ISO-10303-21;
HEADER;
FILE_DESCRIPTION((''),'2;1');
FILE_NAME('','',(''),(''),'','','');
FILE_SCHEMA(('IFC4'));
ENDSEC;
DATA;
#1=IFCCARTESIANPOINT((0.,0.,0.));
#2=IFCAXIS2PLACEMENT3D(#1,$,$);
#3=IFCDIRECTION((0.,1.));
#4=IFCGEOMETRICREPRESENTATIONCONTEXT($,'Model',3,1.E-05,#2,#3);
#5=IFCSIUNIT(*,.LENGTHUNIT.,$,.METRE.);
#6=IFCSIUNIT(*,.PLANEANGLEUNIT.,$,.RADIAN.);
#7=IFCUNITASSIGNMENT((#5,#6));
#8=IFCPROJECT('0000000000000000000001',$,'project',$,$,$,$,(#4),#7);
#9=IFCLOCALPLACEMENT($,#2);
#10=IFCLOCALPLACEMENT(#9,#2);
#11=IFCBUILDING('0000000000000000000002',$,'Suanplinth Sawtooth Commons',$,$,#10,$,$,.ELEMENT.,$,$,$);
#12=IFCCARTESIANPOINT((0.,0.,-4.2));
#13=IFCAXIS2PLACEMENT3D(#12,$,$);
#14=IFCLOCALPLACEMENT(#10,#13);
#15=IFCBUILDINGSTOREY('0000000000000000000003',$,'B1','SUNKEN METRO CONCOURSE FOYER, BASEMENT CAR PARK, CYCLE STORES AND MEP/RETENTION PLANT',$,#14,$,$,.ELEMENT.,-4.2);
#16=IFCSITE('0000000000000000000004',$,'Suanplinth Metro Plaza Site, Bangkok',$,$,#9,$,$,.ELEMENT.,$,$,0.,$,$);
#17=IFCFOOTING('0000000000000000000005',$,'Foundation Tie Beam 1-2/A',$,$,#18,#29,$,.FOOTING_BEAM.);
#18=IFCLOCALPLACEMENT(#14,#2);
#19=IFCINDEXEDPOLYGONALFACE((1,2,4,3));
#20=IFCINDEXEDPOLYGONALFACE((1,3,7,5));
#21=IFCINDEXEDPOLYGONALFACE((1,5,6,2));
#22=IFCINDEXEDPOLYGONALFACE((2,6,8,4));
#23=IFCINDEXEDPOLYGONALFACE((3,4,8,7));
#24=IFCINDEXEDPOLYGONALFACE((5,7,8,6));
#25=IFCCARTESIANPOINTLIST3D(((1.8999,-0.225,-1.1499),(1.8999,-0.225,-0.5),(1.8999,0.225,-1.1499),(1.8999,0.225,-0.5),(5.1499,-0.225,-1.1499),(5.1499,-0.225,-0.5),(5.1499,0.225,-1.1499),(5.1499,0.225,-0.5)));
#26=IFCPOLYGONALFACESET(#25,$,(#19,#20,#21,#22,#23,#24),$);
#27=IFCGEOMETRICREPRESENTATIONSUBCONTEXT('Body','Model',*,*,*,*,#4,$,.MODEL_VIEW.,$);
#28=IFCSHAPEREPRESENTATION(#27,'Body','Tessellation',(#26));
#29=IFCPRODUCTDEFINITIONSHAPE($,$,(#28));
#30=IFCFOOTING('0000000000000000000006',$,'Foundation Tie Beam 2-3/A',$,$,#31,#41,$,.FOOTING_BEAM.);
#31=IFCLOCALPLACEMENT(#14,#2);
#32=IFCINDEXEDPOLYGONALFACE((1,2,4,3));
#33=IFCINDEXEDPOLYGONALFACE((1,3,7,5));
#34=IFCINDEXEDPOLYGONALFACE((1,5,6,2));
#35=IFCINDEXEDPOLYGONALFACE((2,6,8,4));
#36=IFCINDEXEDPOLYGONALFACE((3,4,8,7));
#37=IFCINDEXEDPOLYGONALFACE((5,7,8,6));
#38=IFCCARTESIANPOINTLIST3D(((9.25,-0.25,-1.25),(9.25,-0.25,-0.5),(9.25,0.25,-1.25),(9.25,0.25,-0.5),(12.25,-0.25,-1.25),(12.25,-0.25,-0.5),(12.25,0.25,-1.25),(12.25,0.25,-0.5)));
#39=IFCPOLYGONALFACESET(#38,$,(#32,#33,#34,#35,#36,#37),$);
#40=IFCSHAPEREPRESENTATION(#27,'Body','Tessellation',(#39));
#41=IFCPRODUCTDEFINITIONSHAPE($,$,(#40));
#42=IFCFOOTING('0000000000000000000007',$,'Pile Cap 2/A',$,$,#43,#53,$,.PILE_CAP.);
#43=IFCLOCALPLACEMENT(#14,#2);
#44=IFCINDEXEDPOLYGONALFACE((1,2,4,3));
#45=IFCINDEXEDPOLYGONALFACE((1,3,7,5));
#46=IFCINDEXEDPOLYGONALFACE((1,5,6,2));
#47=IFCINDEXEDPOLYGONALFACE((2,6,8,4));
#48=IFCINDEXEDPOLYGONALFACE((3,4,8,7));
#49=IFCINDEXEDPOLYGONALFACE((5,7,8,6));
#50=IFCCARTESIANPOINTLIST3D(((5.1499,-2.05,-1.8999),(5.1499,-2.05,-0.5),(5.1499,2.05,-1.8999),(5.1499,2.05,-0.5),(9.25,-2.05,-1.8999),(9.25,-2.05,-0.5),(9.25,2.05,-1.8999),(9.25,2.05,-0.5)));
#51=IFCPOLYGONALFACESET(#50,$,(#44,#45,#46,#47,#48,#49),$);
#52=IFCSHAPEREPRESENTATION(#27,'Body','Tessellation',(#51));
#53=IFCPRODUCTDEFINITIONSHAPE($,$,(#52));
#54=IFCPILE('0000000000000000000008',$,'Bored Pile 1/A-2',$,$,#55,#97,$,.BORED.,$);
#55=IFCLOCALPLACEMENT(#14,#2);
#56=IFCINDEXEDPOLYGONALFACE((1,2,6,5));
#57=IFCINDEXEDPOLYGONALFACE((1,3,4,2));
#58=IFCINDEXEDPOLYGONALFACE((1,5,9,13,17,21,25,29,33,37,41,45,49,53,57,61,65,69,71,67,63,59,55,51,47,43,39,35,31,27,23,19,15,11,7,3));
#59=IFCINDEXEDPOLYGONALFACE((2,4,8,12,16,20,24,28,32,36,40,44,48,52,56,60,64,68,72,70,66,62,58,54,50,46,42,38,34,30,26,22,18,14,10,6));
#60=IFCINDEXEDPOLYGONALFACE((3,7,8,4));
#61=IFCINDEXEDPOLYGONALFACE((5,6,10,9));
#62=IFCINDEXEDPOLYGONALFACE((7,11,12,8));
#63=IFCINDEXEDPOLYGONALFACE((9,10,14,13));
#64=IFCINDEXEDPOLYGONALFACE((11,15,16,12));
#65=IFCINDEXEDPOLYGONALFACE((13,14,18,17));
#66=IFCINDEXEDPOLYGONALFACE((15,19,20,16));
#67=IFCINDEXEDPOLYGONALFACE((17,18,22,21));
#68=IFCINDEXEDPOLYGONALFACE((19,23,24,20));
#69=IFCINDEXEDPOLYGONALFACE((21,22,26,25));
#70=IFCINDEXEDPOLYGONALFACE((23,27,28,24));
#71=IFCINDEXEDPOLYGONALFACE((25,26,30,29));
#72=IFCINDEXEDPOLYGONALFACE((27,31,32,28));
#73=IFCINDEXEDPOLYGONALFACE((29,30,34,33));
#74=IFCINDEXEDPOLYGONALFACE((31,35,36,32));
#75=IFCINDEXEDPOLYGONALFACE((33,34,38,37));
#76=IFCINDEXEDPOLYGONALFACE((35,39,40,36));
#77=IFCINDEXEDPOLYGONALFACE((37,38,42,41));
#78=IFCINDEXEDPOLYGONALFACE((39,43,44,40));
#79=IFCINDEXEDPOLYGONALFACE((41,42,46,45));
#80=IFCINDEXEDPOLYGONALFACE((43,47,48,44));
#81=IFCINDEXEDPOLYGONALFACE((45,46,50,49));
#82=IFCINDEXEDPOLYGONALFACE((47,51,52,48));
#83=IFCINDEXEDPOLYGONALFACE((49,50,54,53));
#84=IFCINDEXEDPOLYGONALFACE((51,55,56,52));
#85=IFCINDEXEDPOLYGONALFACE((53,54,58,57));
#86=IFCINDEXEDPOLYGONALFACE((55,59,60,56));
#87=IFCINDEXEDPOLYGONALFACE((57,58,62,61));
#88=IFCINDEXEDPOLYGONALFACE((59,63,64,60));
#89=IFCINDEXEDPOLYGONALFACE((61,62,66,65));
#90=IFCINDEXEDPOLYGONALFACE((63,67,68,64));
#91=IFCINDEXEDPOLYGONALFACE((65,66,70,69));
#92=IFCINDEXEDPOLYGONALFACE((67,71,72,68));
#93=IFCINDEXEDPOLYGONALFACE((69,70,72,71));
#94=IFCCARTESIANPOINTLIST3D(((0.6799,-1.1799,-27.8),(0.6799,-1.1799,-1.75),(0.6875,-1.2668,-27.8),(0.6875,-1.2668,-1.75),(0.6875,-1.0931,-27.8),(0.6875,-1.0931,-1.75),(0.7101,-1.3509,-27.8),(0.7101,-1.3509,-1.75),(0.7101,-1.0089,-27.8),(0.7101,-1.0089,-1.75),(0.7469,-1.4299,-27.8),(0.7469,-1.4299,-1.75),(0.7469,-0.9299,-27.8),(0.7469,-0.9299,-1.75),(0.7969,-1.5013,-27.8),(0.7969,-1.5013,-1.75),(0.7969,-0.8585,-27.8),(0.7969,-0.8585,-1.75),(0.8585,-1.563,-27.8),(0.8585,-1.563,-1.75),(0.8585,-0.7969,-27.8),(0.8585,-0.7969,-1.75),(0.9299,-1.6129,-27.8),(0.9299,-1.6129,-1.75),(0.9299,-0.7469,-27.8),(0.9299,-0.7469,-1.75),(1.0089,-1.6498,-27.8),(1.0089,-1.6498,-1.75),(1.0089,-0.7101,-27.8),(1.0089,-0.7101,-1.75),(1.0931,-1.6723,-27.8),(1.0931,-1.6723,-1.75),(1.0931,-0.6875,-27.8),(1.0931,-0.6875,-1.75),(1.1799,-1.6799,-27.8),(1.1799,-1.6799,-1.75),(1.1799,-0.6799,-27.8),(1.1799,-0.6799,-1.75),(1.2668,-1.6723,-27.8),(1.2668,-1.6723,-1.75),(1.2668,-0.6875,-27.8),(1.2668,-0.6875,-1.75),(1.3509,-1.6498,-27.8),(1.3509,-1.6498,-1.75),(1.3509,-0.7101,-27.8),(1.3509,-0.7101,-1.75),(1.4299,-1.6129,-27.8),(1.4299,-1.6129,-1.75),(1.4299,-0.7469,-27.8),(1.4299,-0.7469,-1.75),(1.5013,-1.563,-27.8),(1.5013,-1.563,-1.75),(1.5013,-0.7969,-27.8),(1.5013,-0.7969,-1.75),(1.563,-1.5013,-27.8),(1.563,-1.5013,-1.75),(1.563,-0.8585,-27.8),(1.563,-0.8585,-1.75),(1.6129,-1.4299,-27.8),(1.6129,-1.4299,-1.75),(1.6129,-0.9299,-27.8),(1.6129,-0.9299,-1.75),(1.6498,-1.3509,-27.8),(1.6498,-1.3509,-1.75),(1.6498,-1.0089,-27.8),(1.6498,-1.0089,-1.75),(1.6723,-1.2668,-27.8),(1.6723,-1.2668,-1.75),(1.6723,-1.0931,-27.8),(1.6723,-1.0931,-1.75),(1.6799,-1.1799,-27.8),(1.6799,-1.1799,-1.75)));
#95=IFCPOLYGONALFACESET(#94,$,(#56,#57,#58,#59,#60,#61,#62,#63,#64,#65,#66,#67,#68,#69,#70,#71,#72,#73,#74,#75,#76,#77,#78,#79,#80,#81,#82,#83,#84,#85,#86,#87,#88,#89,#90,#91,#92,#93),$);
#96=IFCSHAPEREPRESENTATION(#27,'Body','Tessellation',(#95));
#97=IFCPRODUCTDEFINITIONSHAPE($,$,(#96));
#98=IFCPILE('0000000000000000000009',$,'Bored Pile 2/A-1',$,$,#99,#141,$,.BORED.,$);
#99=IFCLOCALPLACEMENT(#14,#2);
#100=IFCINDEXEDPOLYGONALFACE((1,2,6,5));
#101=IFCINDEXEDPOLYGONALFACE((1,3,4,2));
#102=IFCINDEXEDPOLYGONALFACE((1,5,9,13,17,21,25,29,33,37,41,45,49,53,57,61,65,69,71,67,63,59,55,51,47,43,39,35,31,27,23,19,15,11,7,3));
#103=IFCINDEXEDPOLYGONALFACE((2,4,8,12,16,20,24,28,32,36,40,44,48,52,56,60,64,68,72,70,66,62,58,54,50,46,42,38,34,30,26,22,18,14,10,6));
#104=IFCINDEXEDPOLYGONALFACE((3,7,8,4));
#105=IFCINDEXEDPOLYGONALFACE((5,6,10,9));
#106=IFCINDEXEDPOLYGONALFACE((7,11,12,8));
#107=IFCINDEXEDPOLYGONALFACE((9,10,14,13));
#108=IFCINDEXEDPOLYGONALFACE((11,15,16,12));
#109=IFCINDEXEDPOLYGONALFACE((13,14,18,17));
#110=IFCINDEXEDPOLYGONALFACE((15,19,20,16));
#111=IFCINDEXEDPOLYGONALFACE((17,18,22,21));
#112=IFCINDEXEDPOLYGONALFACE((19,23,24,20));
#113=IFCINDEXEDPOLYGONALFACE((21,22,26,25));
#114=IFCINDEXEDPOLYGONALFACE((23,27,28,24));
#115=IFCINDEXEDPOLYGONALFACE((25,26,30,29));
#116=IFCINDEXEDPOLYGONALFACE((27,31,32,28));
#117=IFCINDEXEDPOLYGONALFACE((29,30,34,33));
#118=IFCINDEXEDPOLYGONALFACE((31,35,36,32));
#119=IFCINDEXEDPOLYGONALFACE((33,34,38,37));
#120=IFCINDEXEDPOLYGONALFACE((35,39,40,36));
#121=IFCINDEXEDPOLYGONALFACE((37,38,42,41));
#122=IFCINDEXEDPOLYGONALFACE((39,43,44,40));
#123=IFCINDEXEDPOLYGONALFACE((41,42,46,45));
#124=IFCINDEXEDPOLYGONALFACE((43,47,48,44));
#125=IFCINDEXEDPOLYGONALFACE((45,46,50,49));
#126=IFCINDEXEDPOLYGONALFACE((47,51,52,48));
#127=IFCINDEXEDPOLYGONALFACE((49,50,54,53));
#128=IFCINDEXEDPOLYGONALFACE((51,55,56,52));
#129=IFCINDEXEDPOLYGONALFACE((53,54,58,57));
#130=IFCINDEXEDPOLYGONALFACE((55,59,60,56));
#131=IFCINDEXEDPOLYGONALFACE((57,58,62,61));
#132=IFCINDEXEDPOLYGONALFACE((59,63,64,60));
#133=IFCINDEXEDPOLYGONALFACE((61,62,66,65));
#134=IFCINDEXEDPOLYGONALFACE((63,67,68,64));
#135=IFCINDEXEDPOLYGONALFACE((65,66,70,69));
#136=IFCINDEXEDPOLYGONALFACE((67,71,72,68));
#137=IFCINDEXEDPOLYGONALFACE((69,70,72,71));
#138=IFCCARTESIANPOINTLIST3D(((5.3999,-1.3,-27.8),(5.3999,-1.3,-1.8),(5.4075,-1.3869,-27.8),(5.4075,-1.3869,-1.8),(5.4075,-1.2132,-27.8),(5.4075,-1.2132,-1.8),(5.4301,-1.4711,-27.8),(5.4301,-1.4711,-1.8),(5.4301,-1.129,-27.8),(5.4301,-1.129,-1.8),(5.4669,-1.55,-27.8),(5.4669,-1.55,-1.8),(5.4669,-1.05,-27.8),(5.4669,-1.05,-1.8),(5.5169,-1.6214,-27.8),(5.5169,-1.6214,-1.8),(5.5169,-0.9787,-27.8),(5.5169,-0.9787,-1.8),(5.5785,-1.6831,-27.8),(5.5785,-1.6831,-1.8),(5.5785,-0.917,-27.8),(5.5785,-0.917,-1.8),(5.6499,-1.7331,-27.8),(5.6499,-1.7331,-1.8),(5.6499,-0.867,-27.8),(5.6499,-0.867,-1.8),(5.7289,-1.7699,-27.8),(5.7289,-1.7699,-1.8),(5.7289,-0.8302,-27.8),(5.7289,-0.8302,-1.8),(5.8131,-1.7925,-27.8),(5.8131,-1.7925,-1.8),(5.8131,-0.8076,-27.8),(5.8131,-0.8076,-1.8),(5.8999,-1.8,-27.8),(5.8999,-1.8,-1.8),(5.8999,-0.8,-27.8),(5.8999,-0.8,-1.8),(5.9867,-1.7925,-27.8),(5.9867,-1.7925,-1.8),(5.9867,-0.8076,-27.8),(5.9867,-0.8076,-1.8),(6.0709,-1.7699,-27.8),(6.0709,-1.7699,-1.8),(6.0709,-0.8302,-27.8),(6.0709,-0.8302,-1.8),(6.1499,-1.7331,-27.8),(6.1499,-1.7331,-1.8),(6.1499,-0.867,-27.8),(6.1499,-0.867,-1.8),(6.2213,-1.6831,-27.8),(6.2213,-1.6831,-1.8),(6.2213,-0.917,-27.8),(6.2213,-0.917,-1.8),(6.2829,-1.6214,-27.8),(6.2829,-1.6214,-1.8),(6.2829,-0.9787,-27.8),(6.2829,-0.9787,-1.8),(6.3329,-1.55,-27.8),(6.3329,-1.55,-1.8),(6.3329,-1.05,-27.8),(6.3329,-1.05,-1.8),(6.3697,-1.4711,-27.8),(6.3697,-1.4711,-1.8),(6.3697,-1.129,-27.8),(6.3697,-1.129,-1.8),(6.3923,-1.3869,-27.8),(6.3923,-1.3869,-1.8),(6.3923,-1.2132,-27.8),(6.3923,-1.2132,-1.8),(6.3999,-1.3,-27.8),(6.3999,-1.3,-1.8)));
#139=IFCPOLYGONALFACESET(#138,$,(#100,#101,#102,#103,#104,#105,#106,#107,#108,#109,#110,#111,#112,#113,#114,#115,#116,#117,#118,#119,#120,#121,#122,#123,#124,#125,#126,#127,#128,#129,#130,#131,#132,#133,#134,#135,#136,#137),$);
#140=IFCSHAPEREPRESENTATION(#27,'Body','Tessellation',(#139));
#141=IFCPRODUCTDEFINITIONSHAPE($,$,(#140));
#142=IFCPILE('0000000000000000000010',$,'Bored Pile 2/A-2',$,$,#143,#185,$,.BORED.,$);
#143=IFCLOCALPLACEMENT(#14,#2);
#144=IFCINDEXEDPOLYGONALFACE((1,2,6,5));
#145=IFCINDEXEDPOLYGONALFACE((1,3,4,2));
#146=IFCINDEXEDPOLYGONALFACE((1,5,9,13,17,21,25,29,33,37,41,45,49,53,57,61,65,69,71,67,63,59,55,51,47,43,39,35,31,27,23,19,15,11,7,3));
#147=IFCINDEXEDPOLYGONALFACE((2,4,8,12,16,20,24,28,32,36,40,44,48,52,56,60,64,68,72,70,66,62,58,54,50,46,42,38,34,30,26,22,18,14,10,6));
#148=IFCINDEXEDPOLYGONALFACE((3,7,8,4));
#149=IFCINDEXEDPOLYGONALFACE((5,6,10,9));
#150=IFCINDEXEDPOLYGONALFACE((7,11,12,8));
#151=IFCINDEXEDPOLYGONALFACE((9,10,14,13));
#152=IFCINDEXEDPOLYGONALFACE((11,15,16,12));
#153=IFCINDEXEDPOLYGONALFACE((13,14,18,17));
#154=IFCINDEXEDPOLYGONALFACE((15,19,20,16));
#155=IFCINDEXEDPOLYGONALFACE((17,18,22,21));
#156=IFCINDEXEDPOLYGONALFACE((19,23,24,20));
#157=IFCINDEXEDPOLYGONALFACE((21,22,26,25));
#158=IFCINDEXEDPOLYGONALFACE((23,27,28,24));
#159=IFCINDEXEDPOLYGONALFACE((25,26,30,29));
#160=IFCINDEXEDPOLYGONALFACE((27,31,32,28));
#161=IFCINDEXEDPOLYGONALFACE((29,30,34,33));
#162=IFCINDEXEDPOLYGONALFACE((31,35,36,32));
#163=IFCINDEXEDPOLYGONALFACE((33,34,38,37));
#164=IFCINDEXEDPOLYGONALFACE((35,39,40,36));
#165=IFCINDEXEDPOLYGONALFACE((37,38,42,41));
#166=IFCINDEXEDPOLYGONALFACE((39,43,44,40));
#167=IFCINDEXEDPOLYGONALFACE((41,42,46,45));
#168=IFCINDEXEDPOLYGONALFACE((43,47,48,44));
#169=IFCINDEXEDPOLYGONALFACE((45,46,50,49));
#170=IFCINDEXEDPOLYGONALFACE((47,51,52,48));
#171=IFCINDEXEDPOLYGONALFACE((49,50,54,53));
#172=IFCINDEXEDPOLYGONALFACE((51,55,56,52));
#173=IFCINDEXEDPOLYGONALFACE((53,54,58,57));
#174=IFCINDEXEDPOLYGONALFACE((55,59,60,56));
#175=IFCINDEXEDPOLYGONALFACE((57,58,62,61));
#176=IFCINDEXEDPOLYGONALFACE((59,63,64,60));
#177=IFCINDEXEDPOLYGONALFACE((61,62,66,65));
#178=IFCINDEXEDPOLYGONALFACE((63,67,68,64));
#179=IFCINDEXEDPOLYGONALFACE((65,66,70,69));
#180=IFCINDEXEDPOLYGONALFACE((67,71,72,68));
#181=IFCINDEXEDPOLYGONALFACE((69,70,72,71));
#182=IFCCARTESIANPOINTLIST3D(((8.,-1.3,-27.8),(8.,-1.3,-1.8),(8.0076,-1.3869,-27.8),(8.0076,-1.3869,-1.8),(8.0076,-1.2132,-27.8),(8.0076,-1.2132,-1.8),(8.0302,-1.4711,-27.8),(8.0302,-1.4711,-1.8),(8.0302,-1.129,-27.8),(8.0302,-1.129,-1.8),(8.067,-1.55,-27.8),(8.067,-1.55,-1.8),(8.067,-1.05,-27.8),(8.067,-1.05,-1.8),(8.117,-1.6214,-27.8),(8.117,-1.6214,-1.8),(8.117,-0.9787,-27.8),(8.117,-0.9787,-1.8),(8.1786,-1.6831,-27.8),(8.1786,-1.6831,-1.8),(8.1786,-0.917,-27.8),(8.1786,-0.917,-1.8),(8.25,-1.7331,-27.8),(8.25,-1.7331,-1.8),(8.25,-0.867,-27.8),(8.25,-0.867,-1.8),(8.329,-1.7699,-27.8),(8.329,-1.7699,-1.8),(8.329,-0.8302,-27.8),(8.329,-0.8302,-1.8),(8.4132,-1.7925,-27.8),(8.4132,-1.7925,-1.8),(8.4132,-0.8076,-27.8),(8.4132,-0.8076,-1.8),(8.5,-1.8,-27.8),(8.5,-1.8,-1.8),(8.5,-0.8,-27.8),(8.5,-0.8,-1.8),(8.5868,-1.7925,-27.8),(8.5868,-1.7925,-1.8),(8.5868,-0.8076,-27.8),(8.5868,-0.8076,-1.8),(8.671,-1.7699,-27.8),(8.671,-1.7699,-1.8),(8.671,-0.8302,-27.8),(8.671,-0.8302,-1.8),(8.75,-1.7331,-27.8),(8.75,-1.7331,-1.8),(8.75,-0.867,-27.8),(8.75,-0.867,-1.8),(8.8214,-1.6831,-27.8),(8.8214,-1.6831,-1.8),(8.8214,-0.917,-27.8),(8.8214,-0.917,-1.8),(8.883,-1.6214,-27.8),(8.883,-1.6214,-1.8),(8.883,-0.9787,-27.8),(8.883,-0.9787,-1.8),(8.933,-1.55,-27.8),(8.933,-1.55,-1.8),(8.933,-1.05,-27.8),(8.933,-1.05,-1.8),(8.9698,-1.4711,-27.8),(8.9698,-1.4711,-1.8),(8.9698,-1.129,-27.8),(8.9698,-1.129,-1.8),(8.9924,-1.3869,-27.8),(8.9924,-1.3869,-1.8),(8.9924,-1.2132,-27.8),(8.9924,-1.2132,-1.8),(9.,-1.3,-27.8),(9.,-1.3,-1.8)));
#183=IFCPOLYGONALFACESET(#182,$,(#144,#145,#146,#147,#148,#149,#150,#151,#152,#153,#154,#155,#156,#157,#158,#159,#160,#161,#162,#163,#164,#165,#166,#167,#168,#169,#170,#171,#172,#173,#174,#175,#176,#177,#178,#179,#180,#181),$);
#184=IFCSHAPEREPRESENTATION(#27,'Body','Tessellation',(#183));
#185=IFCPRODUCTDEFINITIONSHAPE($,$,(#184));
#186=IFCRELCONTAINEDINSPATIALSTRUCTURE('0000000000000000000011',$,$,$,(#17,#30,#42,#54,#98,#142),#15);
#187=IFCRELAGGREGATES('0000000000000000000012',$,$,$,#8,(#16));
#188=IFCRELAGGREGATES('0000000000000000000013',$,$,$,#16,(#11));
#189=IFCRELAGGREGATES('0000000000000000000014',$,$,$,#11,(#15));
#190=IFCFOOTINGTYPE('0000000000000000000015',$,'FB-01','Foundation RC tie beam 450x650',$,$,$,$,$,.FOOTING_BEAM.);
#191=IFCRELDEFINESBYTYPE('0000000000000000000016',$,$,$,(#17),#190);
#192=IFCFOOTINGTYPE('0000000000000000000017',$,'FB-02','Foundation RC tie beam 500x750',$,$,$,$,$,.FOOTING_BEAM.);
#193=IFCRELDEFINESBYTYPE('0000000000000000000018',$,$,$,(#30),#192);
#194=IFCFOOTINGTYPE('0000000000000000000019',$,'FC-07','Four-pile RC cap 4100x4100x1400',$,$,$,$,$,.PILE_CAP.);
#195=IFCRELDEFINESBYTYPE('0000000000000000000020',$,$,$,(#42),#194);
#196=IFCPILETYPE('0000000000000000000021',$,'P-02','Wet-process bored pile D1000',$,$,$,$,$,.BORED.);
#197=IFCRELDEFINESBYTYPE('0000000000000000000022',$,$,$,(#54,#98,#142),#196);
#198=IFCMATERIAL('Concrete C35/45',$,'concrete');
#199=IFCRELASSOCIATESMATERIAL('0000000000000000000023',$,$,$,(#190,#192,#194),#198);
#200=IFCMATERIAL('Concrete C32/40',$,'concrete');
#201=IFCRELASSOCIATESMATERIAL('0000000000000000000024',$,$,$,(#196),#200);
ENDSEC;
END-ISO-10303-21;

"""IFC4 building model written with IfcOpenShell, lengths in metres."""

from ifc_helpers import new_model, si_unit, direction, frame, origin, origin_2d, place, context, subcontext, project, spatial, rectangle, circle, extrude, material, material_profile, profile_set, type_object, element, save


model = new_model("IFC4")

# Units and contexts
model_context = context("Model", 3, precision=1e-05, world=origin(), true_north=direction((0.0, 1.0)))
body_context = subcontext(model_context, "Body", "Model", "MODEL_VIEW")
ifc_project = project(units=[si_unit("LENGTHUNIT", "METRE"), si_unit("PLANEANGLEUNIT", "RADIAN")], contexts=[model_context])

# Site, building, storey
site_placement = place(None, origin())
site = spatial("IfcSite", under=ifc_project, at=site_placement, Name="Suanplinth Metro Plaza Site, Bangkok", CompositionType="ELEMENT", RefElevation=0.0)
building_placement = place(site_placement, origin())
building = spatial("IfcBuilding", under=site, at=building_placement, Name="Suanplinth Sawtooth Commons", CompositionType="ELEMENT")
storey_placement = place(building_placement, frame((0.0, 0.0, -4.2)))
storey = spatial("IfcBuildingStorey", under=building, at=storey_placement, Name="B1", Description="SUNKEN METRO CONCOURSE FOYER, BASEMENT CAR PARK, CYCLE STORES AND MEP/RETENTION PLANT", CompositionType="ELEMENT", Elevation=-4.2)

# Footings
ifc_material_1 = material(Name="Concrete C35/45", Category="concrete")
ifc_material_profile_1 = material_profile(ifc_material_1, rectangle(XDim=0.45, YDim=0.6499, at=origin_2d()), Name="PC-GDR 450x650")
ifc_profile_set_1 = profile_set([ifc_material_profile_1], Name="Concrete C35/45")
footing_type_1 = type_object("IfcFootingType", Name="FB-01", Description="Foundation RC tie beam 450x650", PredefinedType="FOOTING_BEAM", material=ifc_profile_set_1)
footing_1_placement = place(storey_placement, frame((1.8999, 0.0, -0.825), z_axis=(1.0, 0.0, 0.0), x_axis=(0.0, 1.0, 0.0)))
element("IfcFooting", 1, at=footing_1_placement, inside=storey, type_object=footing_type_1, Name="Foundation Tie Beam 1-2/A", PredefinedType="FOOTING_BEAM", context=body_context, shape_type="SweptSolid", body=[
    extrude(rectangle(XDim=0.45, YDim=0.6499, at=origin_2d()), origin(), (0.0, 0.0, 1.0), 3.25),
])
ifc_material_profile_2 = material_profile(ifc_material_1, rectangle(XDim=0.5, YDim=0.75, at=origin_2d()), Name="RC-GDR 500x750")
ifc_profile_set_2 = profile_set([ifc_material_profile_2], Name="Concrete C35/45")
footing_type_2 = type_object("IfcFootingType", Name="FB-02", Description="Foundation RC tie beam 500x750", PredefinedType="FOOTING_BEAM", material=ifc_profile_set_2)
footing_2_placement = place(storey_placement, frame((9.25, 0.0, -0.875), z_axis=(1.0, 0.0, 0.0), x_axis=(0.0, 1.0, 0.0)))
element("IfcFooting", 2, at=footing_2_placement, inside=storey, type_object=footing_type_2, Name="Foundation Tie Beam 2-3/A", PredefinedType="FOOTING_BEAM", context=body_context, shape_type="SweptSolid", body=[
    extrude(rectangle(XDim=0.5, YDim=0.75, at=origin_2d()), origin(), (0.0, 0.0, 1.0), 3.0),
])
footing_type_3 = type_object("IfcFootingType", Name="FC-07", Description="Four-pile RC cap 4100x4100x1400", PredefinedType="PILE_CAP", material=ifc_material_1)
footing_3_placement = place(storey_placement, frame((7.2, 0.0, -1.8999), z_axis=(0.0, 0.0, 1.0), x_axis=(1.0, 0.0, 0.0)))
element("IfcFooting", 3, at=footing_3_placement, inside=storey, type_object=footing_type_3, Name="Pile Cap 2/A", PredefinedType="PILE_CAP", context=body_context, shape_type="SweptSolid", body=[
    extrude(rectangle(XDim=4.1001, YDim=4.1001, at=origin_2d()), origin(), (0.0, 0.0, 1.0), 1.3999),
])

# Piles
ifc_material_2 = material(Name="Concrete C32/40", Category="concrete")
ifc_material_profile_3 = material_profile(ifc_material_2, circle(Radius=0.5, at=origin_2d()), Name="PILE D1000")
ifc_profile_set_3 = profile_set([ifc_material_profile_3], Name="Concrete C32/40")
pile_type = type_object("IfcPileType", Name="P-02", Description="Wet-process bored pile D1000", PredefinedType="BORED", material=ifc_profile_set_3)
pile_1_placement = place(storey_placement, frame((1.1799, -1.1799, -1.75), z_axis=(0.0, 0.0, -1.0), x_axis=(1.0, 0.0, 0.0)))
element("IfcPile", 4, at=pile_1_placement, inside=storey, type_object=pile_type, Name="Bored Pile 1/A-2", PredefinedType="BORED", context=body_context, shape_type="SweptSolid", body=[
    extrude(circle(Radius=0.5, at=origin_2d()), origin(), (0.0, 0.0, 1.0), 26.05),
])
for number, where, z_axis, x_axis, name in (
    (5, (5.8999, -1.3, -1.8), (0.0, 0.0, -1.0), (1.0, 0.0, 0.0), "Bored Pile 2/A-1"),
    (6, (8.5, -1.3, -1.8), (0.0, 0.0, -1.0), (1.0, 0.0, 0.0), "Bored Pile 2/A-2"),
):
    element("IfcPile", number, at=place(storey_placement, frame(where, z_axis=z_axis, x_axis=x_axis)), inside=storey, type_object=pile_type, Name=name, PredefinedType="BORED", context=body_context, shape_type="SweptSolid", body=[
        extrude(circle(Radius=0.5, at=origin_2d()), origin(), (0.0, 0.0, 1.0), 26.0),
    ])

save(model, "model.ifc")
